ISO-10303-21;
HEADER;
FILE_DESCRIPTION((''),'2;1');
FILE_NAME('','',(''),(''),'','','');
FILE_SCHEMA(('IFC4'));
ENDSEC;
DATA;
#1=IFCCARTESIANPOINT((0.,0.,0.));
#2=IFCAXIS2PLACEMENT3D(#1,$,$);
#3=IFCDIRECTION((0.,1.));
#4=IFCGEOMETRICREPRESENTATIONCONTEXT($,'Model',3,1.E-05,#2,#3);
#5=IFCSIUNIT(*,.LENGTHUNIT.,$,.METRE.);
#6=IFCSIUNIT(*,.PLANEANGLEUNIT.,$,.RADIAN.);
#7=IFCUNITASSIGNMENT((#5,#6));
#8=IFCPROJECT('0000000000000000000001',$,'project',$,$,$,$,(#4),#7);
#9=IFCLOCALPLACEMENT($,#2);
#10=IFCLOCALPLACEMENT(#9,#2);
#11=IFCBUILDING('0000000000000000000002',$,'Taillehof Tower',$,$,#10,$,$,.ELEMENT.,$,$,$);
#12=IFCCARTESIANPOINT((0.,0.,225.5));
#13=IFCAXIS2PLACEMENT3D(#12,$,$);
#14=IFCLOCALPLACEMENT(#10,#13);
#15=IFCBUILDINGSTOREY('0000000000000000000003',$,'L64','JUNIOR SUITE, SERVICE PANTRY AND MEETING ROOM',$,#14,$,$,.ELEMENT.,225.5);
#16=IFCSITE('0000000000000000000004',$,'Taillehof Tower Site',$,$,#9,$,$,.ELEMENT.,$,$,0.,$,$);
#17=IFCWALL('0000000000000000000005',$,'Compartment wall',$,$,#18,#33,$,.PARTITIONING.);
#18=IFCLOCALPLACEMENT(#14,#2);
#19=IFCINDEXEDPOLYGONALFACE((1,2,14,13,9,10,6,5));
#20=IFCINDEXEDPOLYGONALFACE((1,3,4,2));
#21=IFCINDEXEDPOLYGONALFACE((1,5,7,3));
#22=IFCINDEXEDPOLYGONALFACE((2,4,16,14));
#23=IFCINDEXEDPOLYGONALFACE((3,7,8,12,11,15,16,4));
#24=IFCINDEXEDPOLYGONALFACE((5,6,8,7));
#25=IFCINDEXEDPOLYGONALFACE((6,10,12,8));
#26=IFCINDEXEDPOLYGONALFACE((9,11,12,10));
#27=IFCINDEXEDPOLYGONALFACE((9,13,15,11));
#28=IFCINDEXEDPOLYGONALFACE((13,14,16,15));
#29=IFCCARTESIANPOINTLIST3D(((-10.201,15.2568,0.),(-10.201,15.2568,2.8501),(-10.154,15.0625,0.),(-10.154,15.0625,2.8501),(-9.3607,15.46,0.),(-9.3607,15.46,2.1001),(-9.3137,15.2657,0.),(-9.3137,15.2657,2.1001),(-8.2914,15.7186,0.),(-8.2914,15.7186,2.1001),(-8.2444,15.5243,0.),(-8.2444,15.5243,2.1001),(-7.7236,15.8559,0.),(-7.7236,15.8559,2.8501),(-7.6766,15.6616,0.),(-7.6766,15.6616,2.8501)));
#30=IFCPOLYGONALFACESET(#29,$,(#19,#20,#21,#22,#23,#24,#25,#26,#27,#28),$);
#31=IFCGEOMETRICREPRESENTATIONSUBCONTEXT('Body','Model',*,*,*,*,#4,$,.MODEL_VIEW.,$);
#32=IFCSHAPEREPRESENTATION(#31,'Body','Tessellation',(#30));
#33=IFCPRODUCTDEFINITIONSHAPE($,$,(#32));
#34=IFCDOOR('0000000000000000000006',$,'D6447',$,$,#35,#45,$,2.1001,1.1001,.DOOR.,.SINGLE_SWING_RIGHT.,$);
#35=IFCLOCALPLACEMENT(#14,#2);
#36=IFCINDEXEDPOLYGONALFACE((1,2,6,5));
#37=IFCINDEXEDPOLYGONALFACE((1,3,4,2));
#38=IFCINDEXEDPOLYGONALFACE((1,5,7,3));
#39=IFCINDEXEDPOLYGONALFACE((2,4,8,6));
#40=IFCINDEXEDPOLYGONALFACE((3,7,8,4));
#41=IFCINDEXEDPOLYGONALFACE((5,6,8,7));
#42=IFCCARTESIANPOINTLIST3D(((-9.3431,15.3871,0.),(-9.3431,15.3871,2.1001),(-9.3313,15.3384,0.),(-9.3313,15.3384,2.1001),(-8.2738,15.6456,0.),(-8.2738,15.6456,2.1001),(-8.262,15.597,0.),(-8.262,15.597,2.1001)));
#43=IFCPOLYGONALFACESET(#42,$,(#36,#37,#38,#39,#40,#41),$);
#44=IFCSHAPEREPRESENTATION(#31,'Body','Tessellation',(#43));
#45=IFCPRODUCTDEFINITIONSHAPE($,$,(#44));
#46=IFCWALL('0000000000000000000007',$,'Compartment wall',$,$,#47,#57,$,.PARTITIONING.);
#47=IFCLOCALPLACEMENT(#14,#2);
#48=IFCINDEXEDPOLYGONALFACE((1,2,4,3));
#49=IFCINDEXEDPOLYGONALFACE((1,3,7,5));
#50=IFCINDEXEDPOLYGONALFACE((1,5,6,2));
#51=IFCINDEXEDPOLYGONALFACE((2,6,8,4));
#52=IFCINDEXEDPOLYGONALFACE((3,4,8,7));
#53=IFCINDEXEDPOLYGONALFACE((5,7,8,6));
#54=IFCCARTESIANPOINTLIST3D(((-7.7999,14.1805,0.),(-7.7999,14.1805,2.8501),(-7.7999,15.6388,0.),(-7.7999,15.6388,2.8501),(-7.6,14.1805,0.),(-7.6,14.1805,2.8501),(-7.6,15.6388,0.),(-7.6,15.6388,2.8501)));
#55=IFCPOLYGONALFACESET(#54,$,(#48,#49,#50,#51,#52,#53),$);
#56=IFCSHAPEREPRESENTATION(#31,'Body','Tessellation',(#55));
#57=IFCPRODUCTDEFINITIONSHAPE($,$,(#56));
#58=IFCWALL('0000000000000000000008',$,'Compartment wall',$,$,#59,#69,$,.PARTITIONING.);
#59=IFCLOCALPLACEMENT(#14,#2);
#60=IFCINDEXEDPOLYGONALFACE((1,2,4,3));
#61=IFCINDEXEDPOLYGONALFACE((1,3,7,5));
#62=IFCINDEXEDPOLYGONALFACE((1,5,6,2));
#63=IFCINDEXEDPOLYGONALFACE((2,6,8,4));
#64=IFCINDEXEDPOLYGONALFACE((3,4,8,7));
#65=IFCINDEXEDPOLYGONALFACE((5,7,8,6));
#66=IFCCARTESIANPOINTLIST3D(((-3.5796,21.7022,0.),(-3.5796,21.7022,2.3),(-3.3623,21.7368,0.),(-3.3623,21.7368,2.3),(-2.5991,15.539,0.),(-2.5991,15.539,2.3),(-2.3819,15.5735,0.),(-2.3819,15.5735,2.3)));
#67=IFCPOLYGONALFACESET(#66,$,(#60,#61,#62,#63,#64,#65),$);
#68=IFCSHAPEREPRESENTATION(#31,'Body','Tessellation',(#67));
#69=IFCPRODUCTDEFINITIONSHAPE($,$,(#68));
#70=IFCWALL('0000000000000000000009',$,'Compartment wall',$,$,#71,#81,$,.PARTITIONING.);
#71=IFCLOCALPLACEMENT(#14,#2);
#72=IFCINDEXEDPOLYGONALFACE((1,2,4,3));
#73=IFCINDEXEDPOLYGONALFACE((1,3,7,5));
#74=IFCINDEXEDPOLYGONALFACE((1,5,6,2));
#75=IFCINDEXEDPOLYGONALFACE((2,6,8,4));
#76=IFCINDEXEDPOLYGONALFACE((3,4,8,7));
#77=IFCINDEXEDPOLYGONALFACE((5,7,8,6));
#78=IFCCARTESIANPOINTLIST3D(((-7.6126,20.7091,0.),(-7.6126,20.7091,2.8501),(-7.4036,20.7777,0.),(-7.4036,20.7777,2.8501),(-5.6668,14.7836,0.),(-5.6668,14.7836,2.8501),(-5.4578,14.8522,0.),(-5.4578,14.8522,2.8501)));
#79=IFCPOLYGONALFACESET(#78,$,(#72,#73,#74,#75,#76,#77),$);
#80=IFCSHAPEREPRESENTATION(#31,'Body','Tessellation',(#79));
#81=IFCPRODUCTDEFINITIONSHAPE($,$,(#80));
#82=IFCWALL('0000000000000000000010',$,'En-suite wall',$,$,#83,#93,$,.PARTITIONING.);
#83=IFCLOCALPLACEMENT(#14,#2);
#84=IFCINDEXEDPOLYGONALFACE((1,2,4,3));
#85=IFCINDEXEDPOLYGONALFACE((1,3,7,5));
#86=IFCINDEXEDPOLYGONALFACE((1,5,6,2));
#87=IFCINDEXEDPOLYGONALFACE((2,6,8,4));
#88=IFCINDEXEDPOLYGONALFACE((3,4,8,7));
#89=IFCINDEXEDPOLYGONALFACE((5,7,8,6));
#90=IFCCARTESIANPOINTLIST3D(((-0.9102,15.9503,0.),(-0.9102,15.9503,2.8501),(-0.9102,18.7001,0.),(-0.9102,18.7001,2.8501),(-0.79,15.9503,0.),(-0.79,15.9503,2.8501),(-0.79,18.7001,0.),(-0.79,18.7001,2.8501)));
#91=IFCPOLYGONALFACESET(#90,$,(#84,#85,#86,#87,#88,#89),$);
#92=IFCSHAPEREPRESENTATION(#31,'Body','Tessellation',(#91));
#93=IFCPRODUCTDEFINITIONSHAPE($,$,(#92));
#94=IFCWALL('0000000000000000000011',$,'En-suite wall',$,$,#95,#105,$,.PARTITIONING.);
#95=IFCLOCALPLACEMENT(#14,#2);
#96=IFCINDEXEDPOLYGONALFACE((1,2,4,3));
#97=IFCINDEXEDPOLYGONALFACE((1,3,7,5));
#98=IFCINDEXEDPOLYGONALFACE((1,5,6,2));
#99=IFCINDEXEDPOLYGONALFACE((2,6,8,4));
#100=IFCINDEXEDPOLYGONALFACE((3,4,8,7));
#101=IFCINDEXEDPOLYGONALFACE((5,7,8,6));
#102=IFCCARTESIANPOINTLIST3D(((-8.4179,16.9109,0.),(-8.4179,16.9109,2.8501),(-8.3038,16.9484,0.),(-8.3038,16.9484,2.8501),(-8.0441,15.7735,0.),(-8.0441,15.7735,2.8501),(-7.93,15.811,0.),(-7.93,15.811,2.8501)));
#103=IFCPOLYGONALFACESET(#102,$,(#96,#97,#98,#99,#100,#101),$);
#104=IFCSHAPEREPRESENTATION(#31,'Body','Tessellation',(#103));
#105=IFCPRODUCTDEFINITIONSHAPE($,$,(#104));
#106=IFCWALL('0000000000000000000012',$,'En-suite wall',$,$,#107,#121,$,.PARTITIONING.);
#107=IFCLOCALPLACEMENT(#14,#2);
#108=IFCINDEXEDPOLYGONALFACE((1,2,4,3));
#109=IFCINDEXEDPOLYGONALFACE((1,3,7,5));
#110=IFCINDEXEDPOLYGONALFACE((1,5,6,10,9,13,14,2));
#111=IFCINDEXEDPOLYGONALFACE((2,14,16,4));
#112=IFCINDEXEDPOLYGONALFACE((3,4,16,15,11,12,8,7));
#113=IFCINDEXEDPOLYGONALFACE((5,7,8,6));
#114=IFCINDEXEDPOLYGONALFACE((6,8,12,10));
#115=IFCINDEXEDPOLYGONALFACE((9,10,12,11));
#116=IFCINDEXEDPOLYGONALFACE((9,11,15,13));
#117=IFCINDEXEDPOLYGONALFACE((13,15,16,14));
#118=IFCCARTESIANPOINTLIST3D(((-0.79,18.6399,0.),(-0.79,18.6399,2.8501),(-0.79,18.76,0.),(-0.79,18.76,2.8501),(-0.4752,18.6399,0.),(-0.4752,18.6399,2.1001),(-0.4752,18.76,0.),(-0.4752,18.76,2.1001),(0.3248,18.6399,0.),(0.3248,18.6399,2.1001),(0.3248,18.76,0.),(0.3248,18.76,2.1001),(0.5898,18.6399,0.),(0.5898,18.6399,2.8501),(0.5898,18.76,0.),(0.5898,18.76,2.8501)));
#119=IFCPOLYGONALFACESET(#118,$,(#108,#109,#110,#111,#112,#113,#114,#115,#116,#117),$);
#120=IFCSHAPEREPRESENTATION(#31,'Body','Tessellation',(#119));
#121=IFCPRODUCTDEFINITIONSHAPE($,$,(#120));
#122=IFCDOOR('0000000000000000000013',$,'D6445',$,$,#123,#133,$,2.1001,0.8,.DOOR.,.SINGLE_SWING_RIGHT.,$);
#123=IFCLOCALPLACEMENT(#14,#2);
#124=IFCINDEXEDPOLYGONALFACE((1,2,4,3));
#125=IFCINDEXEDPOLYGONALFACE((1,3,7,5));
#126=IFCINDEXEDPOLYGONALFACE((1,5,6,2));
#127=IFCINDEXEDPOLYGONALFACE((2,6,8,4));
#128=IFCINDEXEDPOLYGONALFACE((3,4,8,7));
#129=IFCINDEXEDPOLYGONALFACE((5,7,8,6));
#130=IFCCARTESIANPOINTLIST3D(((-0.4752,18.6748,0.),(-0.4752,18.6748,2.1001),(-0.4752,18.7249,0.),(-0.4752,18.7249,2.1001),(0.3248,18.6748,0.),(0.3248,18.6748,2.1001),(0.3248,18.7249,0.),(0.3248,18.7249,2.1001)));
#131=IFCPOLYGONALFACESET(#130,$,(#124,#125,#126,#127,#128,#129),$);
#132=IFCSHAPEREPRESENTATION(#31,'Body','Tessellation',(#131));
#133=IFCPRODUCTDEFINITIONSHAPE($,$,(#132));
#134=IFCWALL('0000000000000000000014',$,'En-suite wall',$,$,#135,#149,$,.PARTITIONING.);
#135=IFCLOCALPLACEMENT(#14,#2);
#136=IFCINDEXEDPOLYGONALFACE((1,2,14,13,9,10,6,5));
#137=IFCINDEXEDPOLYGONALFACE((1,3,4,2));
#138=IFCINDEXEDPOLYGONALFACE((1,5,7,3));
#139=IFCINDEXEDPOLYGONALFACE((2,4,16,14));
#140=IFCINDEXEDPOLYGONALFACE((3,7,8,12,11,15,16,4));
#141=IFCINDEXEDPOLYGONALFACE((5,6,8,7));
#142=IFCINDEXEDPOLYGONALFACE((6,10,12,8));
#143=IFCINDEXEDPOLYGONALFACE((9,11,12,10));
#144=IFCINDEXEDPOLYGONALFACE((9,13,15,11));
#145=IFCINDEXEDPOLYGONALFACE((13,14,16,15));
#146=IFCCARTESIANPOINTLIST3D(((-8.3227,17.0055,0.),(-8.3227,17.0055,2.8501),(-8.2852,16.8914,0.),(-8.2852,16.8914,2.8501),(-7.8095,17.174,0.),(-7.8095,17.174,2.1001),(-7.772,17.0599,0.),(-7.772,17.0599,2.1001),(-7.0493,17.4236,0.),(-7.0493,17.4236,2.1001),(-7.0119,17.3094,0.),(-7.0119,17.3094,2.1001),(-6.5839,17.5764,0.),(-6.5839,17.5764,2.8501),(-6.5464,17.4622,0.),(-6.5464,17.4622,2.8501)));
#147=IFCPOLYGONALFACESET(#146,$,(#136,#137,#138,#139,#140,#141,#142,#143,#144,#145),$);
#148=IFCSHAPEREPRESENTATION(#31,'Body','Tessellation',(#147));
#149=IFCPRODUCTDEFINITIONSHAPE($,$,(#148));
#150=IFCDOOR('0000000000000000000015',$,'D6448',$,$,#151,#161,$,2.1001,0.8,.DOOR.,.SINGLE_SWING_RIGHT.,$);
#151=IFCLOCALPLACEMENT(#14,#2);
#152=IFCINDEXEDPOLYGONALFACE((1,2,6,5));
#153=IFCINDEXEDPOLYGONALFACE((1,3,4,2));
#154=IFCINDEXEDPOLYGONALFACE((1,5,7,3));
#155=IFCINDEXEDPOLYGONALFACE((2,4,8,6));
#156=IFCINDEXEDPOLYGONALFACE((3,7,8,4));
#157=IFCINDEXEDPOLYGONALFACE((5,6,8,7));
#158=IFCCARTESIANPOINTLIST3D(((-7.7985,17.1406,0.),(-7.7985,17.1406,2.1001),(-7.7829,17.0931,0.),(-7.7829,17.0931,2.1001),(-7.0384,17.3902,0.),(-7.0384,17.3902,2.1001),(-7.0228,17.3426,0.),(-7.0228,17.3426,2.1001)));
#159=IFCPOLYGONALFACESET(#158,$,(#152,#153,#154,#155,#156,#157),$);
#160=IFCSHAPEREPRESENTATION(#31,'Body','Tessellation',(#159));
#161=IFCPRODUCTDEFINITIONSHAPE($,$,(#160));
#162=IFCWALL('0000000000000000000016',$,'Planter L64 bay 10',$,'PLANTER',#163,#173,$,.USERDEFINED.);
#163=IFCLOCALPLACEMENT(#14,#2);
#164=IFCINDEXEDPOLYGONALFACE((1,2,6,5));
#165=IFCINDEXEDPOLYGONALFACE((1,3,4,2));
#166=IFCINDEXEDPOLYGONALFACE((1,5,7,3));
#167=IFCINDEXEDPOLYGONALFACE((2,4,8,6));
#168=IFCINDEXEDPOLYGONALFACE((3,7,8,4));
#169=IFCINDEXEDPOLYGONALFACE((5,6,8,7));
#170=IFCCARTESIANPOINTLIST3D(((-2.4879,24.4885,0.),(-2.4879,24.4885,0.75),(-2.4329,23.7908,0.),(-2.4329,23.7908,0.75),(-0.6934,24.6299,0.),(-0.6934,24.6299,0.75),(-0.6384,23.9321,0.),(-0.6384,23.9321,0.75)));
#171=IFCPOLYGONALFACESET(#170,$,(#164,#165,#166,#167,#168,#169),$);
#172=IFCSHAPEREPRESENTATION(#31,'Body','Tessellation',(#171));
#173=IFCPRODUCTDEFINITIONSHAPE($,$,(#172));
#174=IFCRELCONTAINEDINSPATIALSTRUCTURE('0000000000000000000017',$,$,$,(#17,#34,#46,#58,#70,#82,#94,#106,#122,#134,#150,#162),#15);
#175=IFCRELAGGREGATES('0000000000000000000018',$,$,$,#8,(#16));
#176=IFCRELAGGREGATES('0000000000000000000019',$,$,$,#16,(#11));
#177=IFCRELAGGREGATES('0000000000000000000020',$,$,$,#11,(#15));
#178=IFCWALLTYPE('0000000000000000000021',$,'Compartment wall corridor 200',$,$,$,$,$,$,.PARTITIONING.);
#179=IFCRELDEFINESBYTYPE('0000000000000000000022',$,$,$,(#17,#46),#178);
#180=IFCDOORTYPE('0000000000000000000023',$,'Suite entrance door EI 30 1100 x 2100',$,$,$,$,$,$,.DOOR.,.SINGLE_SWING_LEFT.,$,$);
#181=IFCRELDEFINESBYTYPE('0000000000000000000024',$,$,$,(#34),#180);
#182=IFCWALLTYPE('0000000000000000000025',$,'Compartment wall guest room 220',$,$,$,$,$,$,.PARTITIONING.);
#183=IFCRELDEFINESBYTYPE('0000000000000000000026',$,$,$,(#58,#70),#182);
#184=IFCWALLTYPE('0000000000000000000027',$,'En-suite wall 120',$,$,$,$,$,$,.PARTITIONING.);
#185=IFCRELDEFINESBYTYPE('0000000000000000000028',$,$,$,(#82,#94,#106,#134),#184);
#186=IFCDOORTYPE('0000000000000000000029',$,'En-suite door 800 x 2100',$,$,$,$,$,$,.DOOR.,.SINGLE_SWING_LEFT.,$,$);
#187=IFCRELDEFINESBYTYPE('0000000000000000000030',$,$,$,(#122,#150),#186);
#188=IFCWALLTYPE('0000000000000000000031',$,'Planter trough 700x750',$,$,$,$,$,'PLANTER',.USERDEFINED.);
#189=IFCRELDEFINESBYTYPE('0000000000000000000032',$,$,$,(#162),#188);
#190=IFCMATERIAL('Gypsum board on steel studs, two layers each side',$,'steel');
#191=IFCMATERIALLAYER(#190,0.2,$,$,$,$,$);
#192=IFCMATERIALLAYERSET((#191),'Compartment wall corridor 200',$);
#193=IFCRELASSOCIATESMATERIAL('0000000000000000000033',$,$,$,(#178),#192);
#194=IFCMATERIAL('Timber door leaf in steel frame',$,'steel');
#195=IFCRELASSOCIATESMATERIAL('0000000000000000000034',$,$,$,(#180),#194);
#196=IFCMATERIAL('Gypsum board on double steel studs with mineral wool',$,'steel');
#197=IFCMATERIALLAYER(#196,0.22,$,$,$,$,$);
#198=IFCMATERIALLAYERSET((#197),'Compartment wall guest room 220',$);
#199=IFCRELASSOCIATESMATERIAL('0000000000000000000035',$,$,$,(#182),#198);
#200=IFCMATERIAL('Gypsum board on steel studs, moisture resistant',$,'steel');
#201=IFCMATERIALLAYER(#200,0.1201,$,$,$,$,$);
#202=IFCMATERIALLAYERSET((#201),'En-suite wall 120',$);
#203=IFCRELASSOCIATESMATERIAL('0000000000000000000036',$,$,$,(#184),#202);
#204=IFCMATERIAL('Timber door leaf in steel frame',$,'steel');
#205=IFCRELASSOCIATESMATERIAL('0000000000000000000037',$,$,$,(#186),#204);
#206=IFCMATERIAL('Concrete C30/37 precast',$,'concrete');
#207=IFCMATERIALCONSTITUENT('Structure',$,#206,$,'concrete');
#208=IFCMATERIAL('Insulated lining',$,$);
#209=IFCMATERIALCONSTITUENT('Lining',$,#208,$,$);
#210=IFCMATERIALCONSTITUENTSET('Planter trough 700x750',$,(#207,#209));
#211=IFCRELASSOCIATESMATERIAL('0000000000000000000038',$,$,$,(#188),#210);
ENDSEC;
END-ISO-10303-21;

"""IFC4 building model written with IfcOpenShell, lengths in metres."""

from ifc_helpers import new_model, si_unit, direction, frame, frame_2d, origin, place, context, subcontext, project, spatial, rectangle, extrude, material, layer, layer_set, constituent, constituent_set, type_object, element, fill, save


model = new_model("IFC4")

# Units and contexts
model_context = context("Model", 3, precision=1e-05, world=origin(), true_north=direction((0.0, 1.0)))
body_context = subcontext(model_context, "Body", "Model", "MODEL_VIEW")
ifc_project = project(units=[si_unit("LENGTHUNIT", "METRE"), si_unit("PLANEANGLEUNIT", "RADIAN")], contexts=[model_context])

# Site, building, storey
site_placement = place(None, origin())
site = spatial("IfcSite", under=ifc_project, at=site_placement, Name="Taillehof Tower Site", CompositionType="ELEMENT", RefElevation=0.0)
building_placement = place(site_placement, origin())
building = spatial("IfcBuilding", under=site, at=building_placement, Name="Taillehof Tower", CompositionType="ELEMENT")
storey_placement = place(building_placement, frame((0.0, 0.0, 225.5)))
storey = spatial("IfcBuildingStorey", under=building, at=storey_placement, Name="L64", Description="JUNIOR SUITE, SERVICE PANTRY AND MEETING ROOM", CompositionType="ELEMENT", Elevation=225.5)

# Shared definitions
ifc_material_1 = material(Name="Gypsum board on steel studs, two layers each side", Category="steel")
ifc_layer_1 = layer(ifc_material_1, 0.2)
ifc_layer_set_1 = layer_set([ifc_layer_1], Name="Compartment wall corridor 200")
wall_type_1 = type_object("IfcWallType", Name="Compartment wall corridor 200", PredefinedType="PARTITIONING", material=ifc_layer_set_1)

# Wall, opening, door
wall_1_placement = place(storey_placement, frame((-10.1775, 15.1597, 0.0), z_axis=(0.0, 0.0, 1.0), x_axis=(0.971984, 0.235046, 0.0)))
wall_1 = element("IfcWall", 1, at=wall_1_placement, inside=storey, type_object=wall_type_1, Name="Compartment wall", PredefinedType="PARTITIONING", context=body_context, shape_type="SweptSolid", body=[
    extrude(rectangle(XDim=2.5488, YDim=0.2, at=frame_2d((1.2744, 0.0))), origin(), (0.0, 0.0, 1.0), 2.8501),
])
opening_1_placement = place(wall_1_placement, frame((0.8645, 0.0, 0.0)))
opening_1 = element("IfcOpeningElement", 2, at=opening_1_placement, cuts=wall_1, PredefinedType="OPENING", context=body_context, shape_type="SweptSolid", body=[
    extrude(rectangle(XDim=1.1001, YDim=2.1001, at=frame_2d((0.55, 1.05))), frame((0.0, 0.1099, 0.0), z_axis=(0.0, -1.0, 0.0), x_axis=(1.0, 0.0, 0.0)), (0.0, 0.0, 1.0), 0.22),
])
ifc_material_2 = material(Name="Timber door leaf in steel frame", Category="steel")
door_type_1 = type_object("IfcDoorType", Name="Suite entrance door EI 30 1100 x 2100", OperationType="SINGLE_SWING_LEFT", PredefinedType="DOOR", material=ifc_material_2)
door_1_placement = place(opening_1_placement, origin())
door_1 = element("IfcDoor", 3, at=door_1_placement, inside=storey, type_object=door_type_1, Name="D6447", OperationType="SINGLE_SWING_RIGHT", OverallHeight=2.1001, OverallWidth=1.1001, PredefinedType="DOOR", context=body_context, shape_type="SweptSolid", body=[
    extrude(rectangle(XDim=1.1001, YDim=2.1001, at=frame_2d((0.55, 1.05))), frame((0.0, 0.0249, 0.0), z_axis=(0.0, -1.0, 0.0), x_axis=(1.0, 0.0, 0.0)), (0.0, 0.0, 1.0), 0.05),
])
fill(opening_1, door_1)

# Walls
wall_2_placement = place(storey_placement, frame((-7.7, 15.6387, 0.0), z_axis=(0.0, 0.0, 1.0), x_axis=(0.0, -1.0, 0.0)))
element("IfcWall", 4, at=wall_2_placement, inside=storey, type_object=wall_type_1, Name="Compartment wall", PredefinedType="PARTITIONING", context=body_context, shape_type="SweptSolid", body=[
    extrude(rectangle(XDim=1.4583, YDim=0.2, at=frame_2d((0.729, 0.0))), origin(), (0.0, 0.0, 1.0), 2.8501),
])
ifc_material_3 = material(Name="Gypsum board on double steel studs with mineral wool", Category="steel")
ifc_layer_2 = layer(ifc_material_3, 0.22)
ifc_layer_set_2 = layer_set([ifc_layer_2], Name="Compartment wall guest room 220")
wall_type_2 = type_object("IfcWallType", Name="Compartment wall guest room 220", PredefinedType="PARTITIONING", material=ifc_layer_set_2)
wall_3_placement = place(storey_placement, frame((-3.4709, 21.7195, 0.0), z_axis=(0.0, 0.0, 1.0), x_axis=(0.157106, -0.987582, 0.0)))
element("IfcWall", 5, at=wall_3_placement, inside=storey, type_object=wall_type_2, Name="Compartment wall", PredefinedType="PARTITIONING", context=body_context, shape_type="SweptSolid", body=[
    extrude(rectangle(XDim=6.2407, YDim=0.22, at=frame_2d((3.1204, 0.0))), origin(), (0.0, 0.0, 1.0), 2.3),
])
wall_4_placement = place(storey_placement, frame((-7.5081, 20.7434, 0.0), z_axis=(0.0, 0.0, 1.0), x_axis=(0.311985, -0.950087, 0.0)))
element("IfcWall", 6, at=wall_4_placement, inside=storey, type_object=wall_type_2, Name="Compartment wall", PredefinedType="PARTITIONING", context=body_context, shape_type="SweptSolid", body=[
    extrude(rectangle(XDim=6.2368, YDim=0.22, at=frame_2d((3.1184, 0.0))), origin(), (0.0, 0.0, 1.0), 2.8501),
])
ifc_material_4 = material(Name="Gypsum board on steel studs, moisture resistant", Category="steel")
ifc_layer_3 = layer(ifc_material_4, 0.1201)
ifc_layer_set_3 = layer_set([ifc_layer_3], Name="En-suite wall 120")
wall_type_3 = type_object("IfcWallType", Name="En-suite wall 120", PredefinedType="PARTITIONING", material=ifc_layer_set_3)
wall_5_placement = place(storey_placement, frame((-0.8501, 15.9502, 0.0), z_axis=(0.0, 0.0, 1.0), x_axis=(0.0, 1.0, 0.0)))
element("IfcWall", 7, at=wall_5_placement, inside=storey, type_object=wall_type_3, Name="En-suite wall", PredefinedType="PARTITIONING", context=body_context, shape_type="SweptSolid", body=[
    extrude(rectangle(XDim=2.7498, YDim=0.1201, at=frame_2d((1.375, 0.0))), origin(), (0.0, 0.0, 1.0), 2.8501),
])
wall_6_placement = place(storey_placement, frame((-7.9871, 15.7922, 0.0), z_axis=(0.0, 0.0, 1.0), x_axis=(-0.312187, 0.950021, 0.0)))
element("IfcWall", 8, at=wall_6_placement, inside=storey, type_object=wall_type_3, Name="En-suite wall", PredefinedType="PARTITIONING", context=body_context, shape_type="SweptSolid", body=[
    extrude(rectangle(XDim=1.1973, YDim=0.1201, at=frame_2d((0.5986, 0.0))), origin(), (0.0, 0.0, 1.0), 2.8501),
])

# Walls, openings, doors
wall_7_placement = place(storey_placement, frame((-0.79, 18.7, 0.0), z_axis=(0.0, 0.0, 1.0), x_axis=(1.0, 0.0, 0.0)))
wall_7 = element("IfcWall", 9, at=wall_7_placement, inside=storey, type_object=wall_type_3, Name="En-suite wall", PredefinedType="PARTITIONING", context=body_context, shape_type="SweptSolid", body=[
    extrude(rectangle(XDim=1.3799, YDim=0.1201, at=frame_2d((0.6899, 0.0))), origin(), (0.0, 0.0, 1.0), 2.8501),
])
opening_2_placement = place(wall_7_placement, frame((0.3149, 0.0, 0.0)))
opening_2 = element("IfcOpeningElement", 10, at=opening_2_placement, cuts=wall_7, PredefinedType="OPENING", context=body_context, shape_type="SweptSolid", body=[
    extrude(rectangle(XDim=0.8, YDim=2.1001, at=frame_2d((0.3999, 1.05))), frame((0.0, 0.0701, 0.0), z_axis=(0.0, -1.0, 0.0), x_axis=(1.0, 0.0, 0.0)), (0.0, 0.0, 1.0), 0.1401),
])
ifc_material_5 = material(Name="Timber door leaf in steel frame", Category="steel")
door_type_2 = type_object("IfcDoorType", Name="En-suite door 800 x 2100", OperationType="SINGLE_SWING_LEFT", PredefinedType="DOOR", material=ifc_material_5)
door_2_placement = place(opening_2_placement, origin())
door_2 = element("IfcDoor", 11, at=door_2_placement, inside=storey, type_object=door_type_2, Name="D6445", OperationType="SINGLE_SWING_RIGHT", OverallHeight=2.1001, OverallWidth=0.8, PredefinedType="DOOR", context=body_context, shape_type="SweptSolid", body=[
    extrude(rectangle(XDim=0.8, YDim=2.1001, at=frame_2d((0.3999, 1.05))), frame((0.0, 0.0249, 0.0), z_axis=(0.0, -1.0, 0.0), x_axis=(1.0, 0.0, 0.0)), (0.0, 0.0, 1.0), 0.05),
])
fill(opening_2, door_2)
wall_8_placement = place(storey_placement, frame((-8.304, 16.9485, 0.0), z_axis=(0.0, 0.0, 1.0), x_axis=(0.950114, 0.311902, 0.0)))
wall_8 = element("IfcWall", 12, at=wall_8_placement, inside=storey, type_object=wall_type_3, Name="En-suite wall", PredefinedType="PARTITIONING", context=body_context, shape_type="SweptSolid", body=[
    extrude(rectangle(XDim=1.8301, YDim=0.1201, at=frame_2d((0.915, 0.0))), origin(), (0.0, 0.0, 1.0), 2.8501),
])
opening_3_placement = place(wall_8_placement, frame((0.5403, 0.0, 0.0)))
opening_3 = element("IfcOpeningElement", 13, at=opening_3_placement, cuts=wall_8, PredefinedType="OPENING", context=body_context, shape_type="SweptSolid", body=[
    extrude(rectangle(XDim=0.8, YDim=2.1001, at=frame_2d((0.3999, 1.05))), frame((0.0, 0.0701, 0.0), z_axis=(0.0, -1.0, 0.0), x_axis=(1.0, 0.0, 0.0)), (0.0, 0.0, 1.0), 0.1401),
])
door_3_placement = place(opening_3_placement, origin())
door_3 = element("IfcDoor", 14, at=door_3_placement, inside=storey, type_object=door_type_2, Name="D6448", OperationType="SINGLE_SWING_RIGHT", OverallHeight=2.1001, OverallWidth=0.8, PredefinedType="DOOR", context=body_context, shape_type="SweptSolid", body=[
    extrude(rectangle(XDim=0.8, YDim=2.1001, at=frame_2d((0.3999, 1.05))), frame((0.0, 0.0249, 0.0), z_axis=(0.0, -1.0, 0.0), x_axis=(1.0, 0.0, 0.0)), (0.0, 0.0, 1.0), 0.05),
])
fill(opening_3, door_3)

# Wall
ifc_material_6 = material(Name="Concrete C30/37 precast", Category="concrete")
ifc_constituent_1 = constituent(ifc_material_6, Name="Structure", Category="concrete")
ifc_material_7 = material(Name="Insulated lining")
ifc_constituent_2 = constituent(ifc_material_7, Name="Lining")
ifc_constituent_set = constituent_set(constituents=[ifc_constituent_1, ifc_constituent_2], Name="Planter trough 700x750")
wall_type_4 = type_object("IfcWallType", Name="Planter trough 700x750", ElementType="PLANTER", PredefinedType="USERDEFINED", material=ifc_constituent_set)
wall_9_placement = place(storey_placement, frame((-0.666, 24.281, 0.0), z_axis=(0.0, 0.0, 1.0), x_axis=(-0.996912, -0.078532, 0.0)))
element("IfcWall", 15, at=wall_9_placement, inside=storey, type_object=wall_type_4, Name="Planter L64 bay 10", ObjectType="PLANTER", PredefinedType="USERDEFINED", context=body_context, shape_type="SweptSolid", body=[
    extrude(rectangle(XDim=1.8, YDim=0.7, at=frame_2d((0.8999, 0.0))), origin(), (0.0, 0.0, 1.0), 0.75),
])

save(model, "model.ifc")
